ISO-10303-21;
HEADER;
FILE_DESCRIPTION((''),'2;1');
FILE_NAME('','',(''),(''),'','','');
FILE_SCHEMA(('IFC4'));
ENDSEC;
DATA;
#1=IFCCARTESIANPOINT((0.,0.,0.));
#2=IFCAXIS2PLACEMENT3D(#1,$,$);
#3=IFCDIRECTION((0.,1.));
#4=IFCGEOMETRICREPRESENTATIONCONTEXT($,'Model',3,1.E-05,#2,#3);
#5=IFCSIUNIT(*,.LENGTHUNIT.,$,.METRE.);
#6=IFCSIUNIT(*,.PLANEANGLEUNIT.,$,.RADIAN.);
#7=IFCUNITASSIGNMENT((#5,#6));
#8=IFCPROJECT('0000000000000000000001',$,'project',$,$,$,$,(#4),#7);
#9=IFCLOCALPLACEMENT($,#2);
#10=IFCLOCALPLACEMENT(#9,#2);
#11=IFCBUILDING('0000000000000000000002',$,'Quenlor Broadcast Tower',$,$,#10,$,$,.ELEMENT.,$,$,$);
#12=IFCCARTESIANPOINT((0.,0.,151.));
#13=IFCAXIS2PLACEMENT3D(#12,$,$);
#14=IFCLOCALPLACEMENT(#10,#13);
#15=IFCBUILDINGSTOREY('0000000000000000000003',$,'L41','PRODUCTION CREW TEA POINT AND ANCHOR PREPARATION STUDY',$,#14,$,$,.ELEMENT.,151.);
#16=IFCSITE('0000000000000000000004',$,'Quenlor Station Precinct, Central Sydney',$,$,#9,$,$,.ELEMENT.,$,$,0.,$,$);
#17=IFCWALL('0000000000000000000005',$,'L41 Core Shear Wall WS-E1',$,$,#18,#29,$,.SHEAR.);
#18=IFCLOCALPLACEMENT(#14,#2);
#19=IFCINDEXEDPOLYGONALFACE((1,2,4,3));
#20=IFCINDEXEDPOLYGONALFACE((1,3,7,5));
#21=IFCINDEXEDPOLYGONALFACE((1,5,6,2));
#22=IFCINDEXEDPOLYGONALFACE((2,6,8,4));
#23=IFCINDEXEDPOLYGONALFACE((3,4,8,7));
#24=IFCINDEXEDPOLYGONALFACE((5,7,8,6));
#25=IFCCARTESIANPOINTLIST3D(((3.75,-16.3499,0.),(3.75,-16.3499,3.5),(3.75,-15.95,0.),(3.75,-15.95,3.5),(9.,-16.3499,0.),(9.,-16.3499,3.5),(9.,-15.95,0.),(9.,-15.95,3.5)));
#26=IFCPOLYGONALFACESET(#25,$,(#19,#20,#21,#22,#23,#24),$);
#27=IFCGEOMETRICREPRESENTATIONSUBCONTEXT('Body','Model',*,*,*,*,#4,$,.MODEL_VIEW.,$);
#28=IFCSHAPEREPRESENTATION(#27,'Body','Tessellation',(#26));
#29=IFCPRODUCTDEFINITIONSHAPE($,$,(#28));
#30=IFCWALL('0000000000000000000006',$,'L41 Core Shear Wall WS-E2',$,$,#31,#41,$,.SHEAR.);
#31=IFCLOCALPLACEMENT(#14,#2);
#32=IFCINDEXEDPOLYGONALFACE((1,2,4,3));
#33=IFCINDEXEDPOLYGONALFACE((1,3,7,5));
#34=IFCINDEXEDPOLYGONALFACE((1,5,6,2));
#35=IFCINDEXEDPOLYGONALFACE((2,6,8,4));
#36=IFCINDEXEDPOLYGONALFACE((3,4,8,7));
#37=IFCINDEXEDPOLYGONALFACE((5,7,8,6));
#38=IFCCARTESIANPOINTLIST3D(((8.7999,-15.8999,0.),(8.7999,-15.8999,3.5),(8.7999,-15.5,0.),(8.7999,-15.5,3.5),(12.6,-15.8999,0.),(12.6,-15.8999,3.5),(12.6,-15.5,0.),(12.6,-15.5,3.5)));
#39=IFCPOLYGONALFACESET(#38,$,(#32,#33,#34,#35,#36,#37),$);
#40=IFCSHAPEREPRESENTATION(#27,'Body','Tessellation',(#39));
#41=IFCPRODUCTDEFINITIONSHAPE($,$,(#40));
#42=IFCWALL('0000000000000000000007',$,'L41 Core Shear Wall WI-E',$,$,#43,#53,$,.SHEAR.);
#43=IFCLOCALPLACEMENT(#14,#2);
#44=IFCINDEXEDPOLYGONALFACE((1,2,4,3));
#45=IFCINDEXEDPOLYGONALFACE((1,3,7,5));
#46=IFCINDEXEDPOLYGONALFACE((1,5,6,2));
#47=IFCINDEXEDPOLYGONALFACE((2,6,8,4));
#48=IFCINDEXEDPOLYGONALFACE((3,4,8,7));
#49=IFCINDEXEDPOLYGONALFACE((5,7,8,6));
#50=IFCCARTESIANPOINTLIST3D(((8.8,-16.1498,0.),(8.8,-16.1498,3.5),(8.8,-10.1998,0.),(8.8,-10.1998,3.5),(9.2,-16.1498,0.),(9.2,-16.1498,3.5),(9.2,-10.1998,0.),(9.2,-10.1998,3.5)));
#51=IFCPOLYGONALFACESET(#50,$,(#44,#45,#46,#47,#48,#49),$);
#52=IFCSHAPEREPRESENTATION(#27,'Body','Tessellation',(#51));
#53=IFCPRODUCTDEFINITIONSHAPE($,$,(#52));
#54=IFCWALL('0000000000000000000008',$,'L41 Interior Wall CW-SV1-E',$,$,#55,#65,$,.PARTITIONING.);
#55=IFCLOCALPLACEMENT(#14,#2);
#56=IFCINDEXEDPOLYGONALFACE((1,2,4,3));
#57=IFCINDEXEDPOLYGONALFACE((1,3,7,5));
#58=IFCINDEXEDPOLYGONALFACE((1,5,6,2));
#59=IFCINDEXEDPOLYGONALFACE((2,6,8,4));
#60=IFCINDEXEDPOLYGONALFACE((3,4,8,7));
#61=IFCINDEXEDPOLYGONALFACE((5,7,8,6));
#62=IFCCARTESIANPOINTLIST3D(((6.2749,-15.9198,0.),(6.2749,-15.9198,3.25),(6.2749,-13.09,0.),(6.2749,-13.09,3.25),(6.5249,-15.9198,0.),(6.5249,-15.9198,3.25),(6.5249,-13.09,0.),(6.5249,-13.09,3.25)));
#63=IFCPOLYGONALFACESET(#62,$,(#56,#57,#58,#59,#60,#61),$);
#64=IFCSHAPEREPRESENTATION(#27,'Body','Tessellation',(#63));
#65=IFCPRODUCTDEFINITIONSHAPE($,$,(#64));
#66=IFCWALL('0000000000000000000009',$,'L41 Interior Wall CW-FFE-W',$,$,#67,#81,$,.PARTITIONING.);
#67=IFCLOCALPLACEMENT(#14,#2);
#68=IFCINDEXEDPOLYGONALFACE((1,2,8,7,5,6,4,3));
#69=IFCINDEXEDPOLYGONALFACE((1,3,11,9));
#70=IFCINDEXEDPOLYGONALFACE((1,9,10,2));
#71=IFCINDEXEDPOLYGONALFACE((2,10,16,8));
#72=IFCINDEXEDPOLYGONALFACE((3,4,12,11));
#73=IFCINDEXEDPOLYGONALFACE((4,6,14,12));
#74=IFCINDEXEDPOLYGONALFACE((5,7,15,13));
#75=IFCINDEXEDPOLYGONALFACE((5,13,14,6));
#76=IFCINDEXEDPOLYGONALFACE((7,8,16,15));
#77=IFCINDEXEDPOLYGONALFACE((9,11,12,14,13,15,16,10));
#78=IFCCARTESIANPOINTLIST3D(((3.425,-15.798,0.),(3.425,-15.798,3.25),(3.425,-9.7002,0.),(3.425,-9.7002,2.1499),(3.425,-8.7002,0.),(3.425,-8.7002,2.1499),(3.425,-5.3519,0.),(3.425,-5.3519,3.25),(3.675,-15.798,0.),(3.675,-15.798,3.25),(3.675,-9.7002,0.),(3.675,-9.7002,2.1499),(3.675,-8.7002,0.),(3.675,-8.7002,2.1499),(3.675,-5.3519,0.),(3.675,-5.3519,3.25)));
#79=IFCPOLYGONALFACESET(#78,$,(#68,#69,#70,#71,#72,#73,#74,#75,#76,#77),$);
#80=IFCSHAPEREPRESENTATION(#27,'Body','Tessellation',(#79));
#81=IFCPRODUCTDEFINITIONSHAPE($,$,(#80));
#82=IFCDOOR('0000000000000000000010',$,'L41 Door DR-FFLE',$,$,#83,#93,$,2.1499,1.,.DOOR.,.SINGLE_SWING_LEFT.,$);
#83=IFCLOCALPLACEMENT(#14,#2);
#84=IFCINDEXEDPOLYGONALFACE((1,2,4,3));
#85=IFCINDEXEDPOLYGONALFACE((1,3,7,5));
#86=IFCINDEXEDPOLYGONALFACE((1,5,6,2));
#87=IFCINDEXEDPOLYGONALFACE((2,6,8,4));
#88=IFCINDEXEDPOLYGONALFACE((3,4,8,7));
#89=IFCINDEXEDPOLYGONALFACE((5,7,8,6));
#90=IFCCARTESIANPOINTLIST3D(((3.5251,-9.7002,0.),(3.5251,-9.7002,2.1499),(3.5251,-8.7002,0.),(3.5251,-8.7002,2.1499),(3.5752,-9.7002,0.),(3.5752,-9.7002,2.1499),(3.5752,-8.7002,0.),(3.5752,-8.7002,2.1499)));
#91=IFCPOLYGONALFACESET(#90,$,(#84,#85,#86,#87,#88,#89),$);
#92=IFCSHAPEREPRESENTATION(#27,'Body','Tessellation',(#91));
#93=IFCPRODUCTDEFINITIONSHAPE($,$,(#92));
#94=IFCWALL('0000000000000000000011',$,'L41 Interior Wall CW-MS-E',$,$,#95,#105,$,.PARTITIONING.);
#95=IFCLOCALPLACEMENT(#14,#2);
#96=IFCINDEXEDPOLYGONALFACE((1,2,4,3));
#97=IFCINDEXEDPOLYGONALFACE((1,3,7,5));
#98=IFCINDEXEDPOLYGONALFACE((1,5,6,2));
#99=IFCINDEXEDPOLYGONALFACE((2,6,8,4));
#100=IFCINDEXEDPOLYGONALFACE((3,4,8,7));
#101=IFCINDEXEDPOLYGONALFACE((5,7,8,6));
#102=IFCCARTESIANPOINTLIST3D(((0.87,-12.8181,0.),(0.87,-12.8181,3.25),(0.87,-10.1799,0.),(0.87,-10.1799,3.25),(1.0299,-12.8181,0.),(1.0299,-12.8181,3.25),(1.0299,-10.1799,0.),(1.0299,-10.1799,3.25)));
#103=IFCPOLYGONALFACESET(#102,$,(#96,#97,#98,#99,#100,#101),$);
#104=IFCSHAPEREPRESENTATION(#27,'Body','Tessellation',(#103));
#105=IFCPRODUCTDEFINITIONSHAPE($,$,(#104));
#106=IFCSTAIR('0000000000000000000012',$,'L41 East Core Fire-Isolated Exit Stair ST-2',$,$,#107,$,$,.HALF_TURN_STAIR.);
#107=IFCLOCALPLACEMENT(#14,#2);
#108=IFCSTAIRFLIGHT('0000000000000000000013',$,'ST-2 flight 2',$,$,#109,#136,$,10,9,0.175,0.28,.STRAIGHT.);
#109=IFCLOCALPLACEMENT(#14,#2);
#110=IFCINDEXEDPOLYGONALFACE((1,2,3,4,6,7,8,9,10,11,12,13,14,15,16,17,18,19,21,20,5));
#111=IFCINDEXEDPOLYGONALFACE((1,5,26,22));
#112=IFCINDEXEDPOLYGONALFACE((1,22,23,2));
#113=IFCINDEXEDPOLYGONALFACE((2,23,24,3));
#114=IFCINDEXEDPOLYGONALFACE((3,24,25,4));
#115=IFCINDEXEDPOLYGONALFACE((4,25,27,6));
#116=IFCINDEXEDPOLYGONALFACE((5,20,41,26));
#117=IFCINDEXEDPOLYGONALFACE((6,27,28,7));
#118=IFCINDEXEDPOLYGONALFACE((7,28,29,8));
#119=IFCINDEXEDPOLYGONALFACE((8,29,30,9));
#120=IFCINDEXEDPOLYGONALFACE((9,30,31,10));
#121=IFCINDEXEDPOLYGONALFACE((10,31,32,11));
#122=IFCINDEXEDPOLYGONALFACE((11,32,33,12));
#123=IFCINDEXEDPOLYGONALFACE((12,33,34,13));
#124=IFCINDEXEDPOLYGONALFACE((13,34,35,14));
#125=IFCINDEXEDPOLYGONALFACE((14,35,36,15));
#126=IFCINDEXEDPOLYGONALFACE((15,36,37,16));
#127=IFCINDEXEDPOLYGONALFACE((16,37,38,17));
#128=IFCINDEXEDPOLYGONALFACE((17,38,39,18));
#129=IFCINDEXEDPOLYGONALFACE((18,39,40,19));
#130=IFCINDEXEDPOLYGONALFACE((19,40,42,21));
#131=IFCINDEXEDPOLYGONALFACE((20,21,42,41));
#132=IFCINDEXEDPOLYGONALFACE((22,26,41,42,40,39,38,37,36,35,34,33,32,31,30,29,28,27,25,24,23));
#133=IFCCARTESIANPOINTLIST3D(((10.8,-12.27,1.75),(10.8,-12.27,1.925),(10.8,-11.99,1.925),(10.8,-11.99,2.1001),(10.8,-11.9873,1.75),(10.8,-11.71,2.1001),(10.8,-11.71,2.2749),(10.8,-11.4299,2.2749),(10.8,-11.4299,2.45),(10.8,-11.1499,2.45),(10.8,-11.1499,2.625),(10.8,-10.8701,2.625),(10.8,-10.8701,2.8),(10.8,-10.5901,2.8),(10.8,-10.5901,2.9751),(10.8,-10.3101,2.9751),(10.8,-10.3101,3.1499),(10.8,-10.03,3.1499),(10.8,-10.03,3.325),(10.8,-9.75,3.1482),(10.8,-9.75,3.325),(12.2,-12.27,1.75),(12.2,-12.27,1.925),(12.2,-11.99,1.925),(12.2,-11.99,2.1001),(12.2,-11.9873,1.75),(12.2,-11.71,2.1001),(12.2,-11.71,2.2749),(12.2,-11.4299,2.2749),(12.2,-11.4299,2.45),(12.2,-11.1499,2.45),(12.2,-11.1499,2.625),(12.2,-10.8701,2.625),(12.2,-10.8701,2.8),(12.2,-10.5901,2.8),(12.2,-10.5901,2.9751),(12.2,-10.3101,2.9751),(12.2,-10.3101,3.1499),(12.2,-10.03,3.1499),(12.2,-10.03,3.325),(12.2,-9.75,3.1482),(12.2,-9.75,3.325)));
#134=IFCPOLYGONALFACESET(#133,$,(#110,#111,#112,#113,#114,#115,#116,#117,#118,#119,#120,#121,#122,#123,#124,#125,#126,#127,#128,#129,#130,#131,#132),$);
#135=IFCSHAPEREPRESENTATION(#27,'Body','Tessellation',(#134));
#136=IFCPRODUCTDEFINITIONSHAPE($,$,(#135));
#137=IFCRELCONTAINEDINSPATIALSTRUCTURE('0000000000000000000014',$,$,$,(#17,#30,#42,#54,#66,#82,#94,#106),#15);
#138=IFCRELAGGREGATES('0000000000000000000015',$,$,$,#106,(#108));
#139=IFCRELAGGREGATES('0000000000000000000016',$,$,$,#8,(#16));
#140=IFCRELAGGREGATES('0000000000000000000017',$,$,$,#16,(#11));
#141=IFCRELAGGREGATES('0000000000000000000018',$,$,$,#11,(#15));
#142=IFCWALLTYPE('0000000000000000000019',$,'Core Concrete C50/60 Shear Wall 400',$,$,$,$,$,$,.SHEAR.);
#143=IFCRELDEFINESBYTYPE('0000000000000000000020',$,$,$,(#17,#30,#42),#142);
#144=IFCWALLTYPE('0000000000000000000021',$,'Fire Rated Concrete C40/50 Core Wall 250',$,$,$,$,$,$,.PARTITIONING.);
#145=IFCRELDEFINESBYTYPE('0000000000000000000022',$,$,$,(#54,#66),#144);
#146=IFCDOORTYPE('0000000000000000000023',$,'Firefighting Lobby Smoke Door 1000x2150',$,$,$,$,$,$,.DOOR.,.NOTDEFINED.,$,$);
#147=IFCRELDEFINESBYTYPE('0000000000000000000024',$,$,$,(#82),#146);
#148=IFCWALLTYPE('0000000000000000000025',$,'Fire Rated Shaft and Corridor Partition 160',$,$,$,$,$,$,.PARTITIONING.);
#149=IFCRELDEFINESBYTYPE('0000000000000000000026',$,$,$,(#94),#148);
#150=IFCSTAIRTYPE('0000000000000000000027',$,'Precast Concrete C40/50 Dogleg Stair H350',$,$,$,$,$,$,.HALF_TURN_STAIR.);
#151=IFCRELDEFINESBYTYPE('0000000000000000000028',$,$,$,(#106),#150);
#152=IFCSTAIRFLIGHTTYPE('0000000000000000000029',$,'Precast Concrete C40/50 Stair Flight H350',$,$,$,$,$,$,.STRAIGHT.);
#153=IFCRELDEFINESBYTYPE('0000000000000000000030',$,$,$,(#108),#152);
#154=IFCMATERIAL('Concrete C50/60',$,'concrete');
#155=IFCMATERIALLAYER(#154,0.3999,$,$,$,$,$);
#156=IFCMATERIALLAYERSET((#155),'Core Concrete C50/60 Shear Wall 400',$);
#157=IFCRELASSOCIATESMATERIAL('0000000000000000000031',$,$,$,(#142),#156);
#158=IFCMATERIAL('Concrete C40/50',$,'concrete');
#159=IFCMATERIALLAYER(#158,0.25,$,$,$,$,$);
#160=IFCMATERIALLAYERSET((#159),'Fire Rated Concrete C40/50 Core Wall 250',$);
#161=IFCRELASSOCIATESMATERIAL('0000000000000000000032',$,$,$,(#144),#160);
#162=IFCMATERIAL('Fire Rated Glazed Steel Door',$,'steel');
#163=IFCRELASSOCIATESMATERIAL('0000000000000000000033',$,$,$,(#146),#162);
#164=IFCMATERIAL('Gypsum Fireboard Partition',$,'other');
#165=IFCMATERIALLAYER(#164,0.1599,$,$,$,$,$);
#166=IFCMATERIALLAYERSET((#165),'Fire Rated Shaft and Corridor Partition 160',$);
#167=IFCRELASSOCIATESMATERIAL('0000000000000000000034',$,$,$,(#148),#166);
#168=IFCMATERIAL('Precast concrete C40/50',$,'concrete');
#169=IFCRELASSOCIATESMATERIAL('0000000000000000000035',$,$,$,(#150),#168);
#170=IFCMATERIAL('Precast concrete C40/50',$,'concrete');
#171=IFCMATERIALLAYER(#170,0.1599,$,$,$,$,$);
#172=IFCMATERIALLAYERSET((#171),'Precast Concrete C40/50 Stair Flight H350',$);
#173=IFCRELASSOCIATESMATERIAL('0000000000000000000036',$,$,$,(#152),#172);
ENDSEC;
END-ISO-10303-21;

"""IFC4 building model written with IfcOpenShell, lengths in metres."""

from ifc_helpers import new_model, si_unit, direction, frame, frame_2d, origin, place, context, subcontext, project, spatial, polyline, rectangle, outline, extrude, material, layer, layer_set, type_object, element, fill, aggregate, save


model = new_model("IFC4")

# Units and contexts
model_context = context("Model", 3, precision=1e-05, world=origin(), true_north=direction((0.0, 1.0)))
body_context = subcontext(model_context, "Body", "Model", "MODEL_VIEW")
ifc_project = project(units=[si_unit("LENGTHUNIT", "METRE"), si_unit("PLANEANGLEUNIT", "RADIAN")], contexts=[model_context])

# Site, building, storey
site_placement = place(None, origin())
site = spatial("IfcSite", under=ifc_project, at=site_placement, Name="Quenlor Station Precinct, Central Sydney", CompositionType="ELEMENT", RefElevation=0.0)
building_placement = place(site_placement, origin())
building = spatial("IfcBuilding", under=site, at=building_placement, Name="Quenlor Broadcast Tower", CompositionType="ELEMENT")
storey_placement = place(building_placement, frame((0.0, 0.0, 151.0)))
storey = spatial("IfcBuildingStorey", under=building, at=storey_placement, Name="L41", Description="PRODUCTION CREW TEA POINT AND ANCHOR PREPARATION STUDY", CompositionType="ELEMENT", Elevation=151.0)

# Walls
ifc_material_1 = material(Name="Concrete C50/60", Category="concrete")
ifc_layer_1 = layer(ifc_material_1, 0.3999)
ifc_layer_set_1 = layer_set([ifc_layer_1], Name="Core Concrete C50/60 Shear Wall 400")
wall_type_1 = type_object("IfcWallType", Name="Core Concrete C50/60 Shear Wall 400", PredefinedType="SHEAR", material=ifc_layer_set_1)
wall_1_placement = place(storey_placement, frame((3.75, -16.1499, 0.0), z_axis=(0.0, 0.0, 1.0), x_axis=(1.0, 0.0, 0.0)))
element("IfcWall", 1, at=wall_1_placement, inside=storey, type_object=wall_type_1, Name="L41 Core Shear Wall WS-E1", PredefinedType="SHEAR", context=body_context, shape_type="SweptSolid", body=[
    extrude(rectangle(XDim=5.25, YDim=0.3999, at=frame_2d((2.625, 0.0))), origin(), (0.0, 0.0, 1.0), 3.5),
])
wall_2_placement = place(storey_placement, frame((8.8, -15.7, 0.0), z_axis=(0.0, 0.0, 1.0), x_axis=(1.0, 0.0, 0.0)))
element("IfcWall", 2, at=wall_2_placement, inside=storey, type_object=wall_type_1, Name="L41 Core Shear Wall WS-E2", PredefinedType="SHEAR", context=body_context, shape_type="SweptSolid", body=[
    extrude(rectangle(XDim=3.8, YDim=0.3999, at=frame_2d((1.8999, 0.0))), origin(), (0.0, 0.0, 1.0), 3.5),
])
wall_3_placement = place(storey_placement, frame((9.0, -16.1499, 0.0), z_axis=(0.0, 0.0, 1.0), x_axis=(0.0, 1.0, 0.0)))
element("IfcWall", 3, at=wall_3_placement, inside=storey, type_object=wall_type_1, Name="L41 Core Shear Wall WI-E", PredefinedType="SHEAR", context=body_context, shape_type="SweptSolid", body=[
    extrude(rectangle(XDim=5.95, YDim=0.3999, at=frame_2d((2.9751, 0.0))), origin(), (0.0, 0.0, 1.0), 3.5),
])

# Shared definitions
ifc_material_2 = material(Name="Concrete C40/50", Category="concrete")
ifc_layer_2 = layer(ifc_material_2, 0.25)
ifc_layer_set_2 = layer_set([ifc_layer_2], Name="Fire Rated Concrete C40/50 Core Wall 250")
wall_type_2 = type_object("IfcWallType", Name="Fire Rated Concrete C40/50 Core Wall 250", PredefinedType="PARTITIONING", material=ifc_layer_set_2)

# Wall
wall_4_placement = place(storey_placement, frame((6.3999, -15.9199, 0.0), z_axis=(0.0, 0.0, 1.0), x_axis=(0.0, 1.0, 0.0)))
element("IfcWall", 4, at=wall_4_placement, inside=storey, type_object=wall_type_2, Name="L41 Interior Wall CW-SV1-E", PredefinedType="PARTITIONING", context=body_context, shape_type="SweptSolid", body=[
    extrude(rectangle(XDim=2.8298, YDim=0.25, at=frame_2d((1.415, 0.0))), origin(), (0.0, 0.0, 1.0), 3.25),
])

# Wall, opening, door
wall_5_placement = place(storey_placement, frame((3.55, -15.7981, 0.0), z_axis=(0.0, 0.0, 1.0), x_axis=(0.0, 1.0, 0.0)))
wall_5 = element("IfcWall", 5, at=wall_5_placement, inside=storey, type_object=wall_type_2, Name="L41 Interior Wall CW-FFE-W", PredefinedType="PARTITIONING", context=body_context, shape_type="SweptSolid", body=[
    extrude(rectangle(XDim=10.446, YDim=0.25, at=frame_2d((5.2231, 0.0))), origin(), (0.0, 0.0, 1.0), 3.25),
])
opening_1_placement = place(wall_5_placement, frame((6.0979, 0.0, 0.0)))
opening_1 = element("IfcOpeningElement", 6, at=opening_1_placement, cuts=wall_5, PredefinedType="OPENING", context=body_context, shape_type="SweptSolid", body=[
    extrude(rectangle(XDim=1.0, YDim=2.1499, at=frame_2d((0.5, 1.075))), frame((0.0, 0.135, 0.0), z_axis=(0.0, -1.0, 0.0), x_axis=(1.0, 0.0, 0.0)), (0.0, 0.0, 1.0), 0.27),
])
ifc_material_3 = material(Name="Fire Rated Glazed Steel Door", Category="steel")
door_type_1 = type_object("IfcDoorType", Name="Firefighting Lobby Smoke Door 1000x2150", OperationType="NOTDEFINED", PredefinedType="DOOR", material=ifc_material_3)
door_1_placement = place(opening_1_placement, origin())
door_1 = element("IfcDoor", 7, at=door_1_placement, inside=storey, type_object=door_type_1, Name="L41 Door DR-FFLE", OperationType="SINGLE_SWING_LEFT", OverallHeight=2.1499, OverallWidth=1.0, PredefinedType="DOOR", context=body_context, shape_type="SweptSolid", body=[
    extrude(rectangle(XDim=1.0, YDim=2.1499, at=frame_2d((0.5, 1.075))), frame((0.0, 0.0249, 0.0), z_axis=(0.0, -1.0, 0.0), x_axis=(1.0, 0.0, 0.0)), (0.0, 0.0, 1.0), 0.05),
])
fill(opening_1, door_1)

# Wall
ifc_material_4 = material(Name="Gypsum Fireboard Partition", Category="other")
ifc_layer_3 = layer(ifc_material_4, 0.1599)
ifc_layer_set_3 = layer_set([ifc_layer_3], Name="Fire Rated Shaft and Corridor Partition 160")
wall_type_3 = type_object("IfcWallType", Name="Fire Rated Shaft and Corridor Partition 160", PredefinedType="PARTITIONING", material=ifc_layer_set_3)
wall_6_placement = place(storey_placement, frame((0.95, -12.8181, 0.0), z_axis=(0.0, 0.0, 1.0), x_axis=(0.0, 1.0, 0.0)))
element("IfcWall", 8, at=wall_6_placement, inside=storey, type_object=wall_type_3, Name="L41 Interior Wall CW-MS-E", PredefinedType="PARTITIONING", context=body_context, shape_type="SweptSolid", body=[
    extrude(rectangle(XDim=2.6382, YDim=0.1599, at=frame_2d((1.3191, 0.0))), origin(), (0.0, 0.0, 1.0), 3.25),
])

# Stair, stair flight
ifc_material_5 = material(Name="Precast concrete C40/50", Category="concrete")
stair_type = type_object("IfcStairType", Name="Precast Concrete C40/50 Dogleg Stair H350", PredefinedType="HALF_TURN_STAIR", material=ifc_material_5)
stair_placement = place(storey_placement, origin())
stair = element("IfcStair", 9, at=stair_placement, inside=storey, type_object=stair_type, Name="L41 East Core Fire-Isolated Exit Stair ST-2", PredefinedType="HALF_TURN_STAIR")
ifc_material_6 = material(Name="Precast concrete C40/50", Category="concrete")
ifc_layer_4 = layer(ifc_material_6, 0.1599)
ifc_layer_set_4 = layer_set([ifc_layer_4], Name="Precast Concrete C40/50 Stair Flight H350")
stair_flight_type = type_object("IfcStairFlightType", Name="Precast Concrete C40/50 Stair Flight H350", PredefinedType="STRAIGHT", material=ifc_layer_set_4)
stair_flight_placement = place(storey_placement, frame((11.5, -12.27, 1.75), z_axis=(0.0, 0.0, 1.0), x_axis=(0.0, 1.0, 0.0)))
stair_flight = element("IfcStairFlight", 10, at=stair_flight_placement, type_object=stair_flight_type, Name="ST-2 flight 2", NumberOfRisers=10, NumberOfTreads=9, PredefinedType="STRAIGHT", RiserHeight=0.175, TreadLength=0.28, context=body_context, shape_type="SweptSolid", body=[
    extrude(outline(polyline([(0.0, 0.0), (0.0, 0.175), (0.28, 0.175), (0.28, 0.3501), (0.5601, 0.3501), (0.5601, 0.5249), (0.8401, 0.5249), (0.8401, 0.7), (1.1201, 0.7), (1.1201, 0.875), (1.3999, 0.875), (1.3999, 1.05), (1.6799, 1.05), (1.6799, 1.2251), (1.96, 1.2251), (1.96, 1.3999), (2.24, 1.3999), (2.24, 1.575), (2.52, 1.575), (2.52, 1.75), (2.52, 1.3982), (0.2827, 0.0), (0.0, 0.0)])), frame((0.0, 0.7, 0.0), z_axis=(0.0, -1.0, 0.0), x_axis=(1.0, 0.0, 0.0)), (0.0, 0.0, 1.0), 1.3999),
])
aggregate(stair, [stair_flight])

save(model, "model.ifc")
